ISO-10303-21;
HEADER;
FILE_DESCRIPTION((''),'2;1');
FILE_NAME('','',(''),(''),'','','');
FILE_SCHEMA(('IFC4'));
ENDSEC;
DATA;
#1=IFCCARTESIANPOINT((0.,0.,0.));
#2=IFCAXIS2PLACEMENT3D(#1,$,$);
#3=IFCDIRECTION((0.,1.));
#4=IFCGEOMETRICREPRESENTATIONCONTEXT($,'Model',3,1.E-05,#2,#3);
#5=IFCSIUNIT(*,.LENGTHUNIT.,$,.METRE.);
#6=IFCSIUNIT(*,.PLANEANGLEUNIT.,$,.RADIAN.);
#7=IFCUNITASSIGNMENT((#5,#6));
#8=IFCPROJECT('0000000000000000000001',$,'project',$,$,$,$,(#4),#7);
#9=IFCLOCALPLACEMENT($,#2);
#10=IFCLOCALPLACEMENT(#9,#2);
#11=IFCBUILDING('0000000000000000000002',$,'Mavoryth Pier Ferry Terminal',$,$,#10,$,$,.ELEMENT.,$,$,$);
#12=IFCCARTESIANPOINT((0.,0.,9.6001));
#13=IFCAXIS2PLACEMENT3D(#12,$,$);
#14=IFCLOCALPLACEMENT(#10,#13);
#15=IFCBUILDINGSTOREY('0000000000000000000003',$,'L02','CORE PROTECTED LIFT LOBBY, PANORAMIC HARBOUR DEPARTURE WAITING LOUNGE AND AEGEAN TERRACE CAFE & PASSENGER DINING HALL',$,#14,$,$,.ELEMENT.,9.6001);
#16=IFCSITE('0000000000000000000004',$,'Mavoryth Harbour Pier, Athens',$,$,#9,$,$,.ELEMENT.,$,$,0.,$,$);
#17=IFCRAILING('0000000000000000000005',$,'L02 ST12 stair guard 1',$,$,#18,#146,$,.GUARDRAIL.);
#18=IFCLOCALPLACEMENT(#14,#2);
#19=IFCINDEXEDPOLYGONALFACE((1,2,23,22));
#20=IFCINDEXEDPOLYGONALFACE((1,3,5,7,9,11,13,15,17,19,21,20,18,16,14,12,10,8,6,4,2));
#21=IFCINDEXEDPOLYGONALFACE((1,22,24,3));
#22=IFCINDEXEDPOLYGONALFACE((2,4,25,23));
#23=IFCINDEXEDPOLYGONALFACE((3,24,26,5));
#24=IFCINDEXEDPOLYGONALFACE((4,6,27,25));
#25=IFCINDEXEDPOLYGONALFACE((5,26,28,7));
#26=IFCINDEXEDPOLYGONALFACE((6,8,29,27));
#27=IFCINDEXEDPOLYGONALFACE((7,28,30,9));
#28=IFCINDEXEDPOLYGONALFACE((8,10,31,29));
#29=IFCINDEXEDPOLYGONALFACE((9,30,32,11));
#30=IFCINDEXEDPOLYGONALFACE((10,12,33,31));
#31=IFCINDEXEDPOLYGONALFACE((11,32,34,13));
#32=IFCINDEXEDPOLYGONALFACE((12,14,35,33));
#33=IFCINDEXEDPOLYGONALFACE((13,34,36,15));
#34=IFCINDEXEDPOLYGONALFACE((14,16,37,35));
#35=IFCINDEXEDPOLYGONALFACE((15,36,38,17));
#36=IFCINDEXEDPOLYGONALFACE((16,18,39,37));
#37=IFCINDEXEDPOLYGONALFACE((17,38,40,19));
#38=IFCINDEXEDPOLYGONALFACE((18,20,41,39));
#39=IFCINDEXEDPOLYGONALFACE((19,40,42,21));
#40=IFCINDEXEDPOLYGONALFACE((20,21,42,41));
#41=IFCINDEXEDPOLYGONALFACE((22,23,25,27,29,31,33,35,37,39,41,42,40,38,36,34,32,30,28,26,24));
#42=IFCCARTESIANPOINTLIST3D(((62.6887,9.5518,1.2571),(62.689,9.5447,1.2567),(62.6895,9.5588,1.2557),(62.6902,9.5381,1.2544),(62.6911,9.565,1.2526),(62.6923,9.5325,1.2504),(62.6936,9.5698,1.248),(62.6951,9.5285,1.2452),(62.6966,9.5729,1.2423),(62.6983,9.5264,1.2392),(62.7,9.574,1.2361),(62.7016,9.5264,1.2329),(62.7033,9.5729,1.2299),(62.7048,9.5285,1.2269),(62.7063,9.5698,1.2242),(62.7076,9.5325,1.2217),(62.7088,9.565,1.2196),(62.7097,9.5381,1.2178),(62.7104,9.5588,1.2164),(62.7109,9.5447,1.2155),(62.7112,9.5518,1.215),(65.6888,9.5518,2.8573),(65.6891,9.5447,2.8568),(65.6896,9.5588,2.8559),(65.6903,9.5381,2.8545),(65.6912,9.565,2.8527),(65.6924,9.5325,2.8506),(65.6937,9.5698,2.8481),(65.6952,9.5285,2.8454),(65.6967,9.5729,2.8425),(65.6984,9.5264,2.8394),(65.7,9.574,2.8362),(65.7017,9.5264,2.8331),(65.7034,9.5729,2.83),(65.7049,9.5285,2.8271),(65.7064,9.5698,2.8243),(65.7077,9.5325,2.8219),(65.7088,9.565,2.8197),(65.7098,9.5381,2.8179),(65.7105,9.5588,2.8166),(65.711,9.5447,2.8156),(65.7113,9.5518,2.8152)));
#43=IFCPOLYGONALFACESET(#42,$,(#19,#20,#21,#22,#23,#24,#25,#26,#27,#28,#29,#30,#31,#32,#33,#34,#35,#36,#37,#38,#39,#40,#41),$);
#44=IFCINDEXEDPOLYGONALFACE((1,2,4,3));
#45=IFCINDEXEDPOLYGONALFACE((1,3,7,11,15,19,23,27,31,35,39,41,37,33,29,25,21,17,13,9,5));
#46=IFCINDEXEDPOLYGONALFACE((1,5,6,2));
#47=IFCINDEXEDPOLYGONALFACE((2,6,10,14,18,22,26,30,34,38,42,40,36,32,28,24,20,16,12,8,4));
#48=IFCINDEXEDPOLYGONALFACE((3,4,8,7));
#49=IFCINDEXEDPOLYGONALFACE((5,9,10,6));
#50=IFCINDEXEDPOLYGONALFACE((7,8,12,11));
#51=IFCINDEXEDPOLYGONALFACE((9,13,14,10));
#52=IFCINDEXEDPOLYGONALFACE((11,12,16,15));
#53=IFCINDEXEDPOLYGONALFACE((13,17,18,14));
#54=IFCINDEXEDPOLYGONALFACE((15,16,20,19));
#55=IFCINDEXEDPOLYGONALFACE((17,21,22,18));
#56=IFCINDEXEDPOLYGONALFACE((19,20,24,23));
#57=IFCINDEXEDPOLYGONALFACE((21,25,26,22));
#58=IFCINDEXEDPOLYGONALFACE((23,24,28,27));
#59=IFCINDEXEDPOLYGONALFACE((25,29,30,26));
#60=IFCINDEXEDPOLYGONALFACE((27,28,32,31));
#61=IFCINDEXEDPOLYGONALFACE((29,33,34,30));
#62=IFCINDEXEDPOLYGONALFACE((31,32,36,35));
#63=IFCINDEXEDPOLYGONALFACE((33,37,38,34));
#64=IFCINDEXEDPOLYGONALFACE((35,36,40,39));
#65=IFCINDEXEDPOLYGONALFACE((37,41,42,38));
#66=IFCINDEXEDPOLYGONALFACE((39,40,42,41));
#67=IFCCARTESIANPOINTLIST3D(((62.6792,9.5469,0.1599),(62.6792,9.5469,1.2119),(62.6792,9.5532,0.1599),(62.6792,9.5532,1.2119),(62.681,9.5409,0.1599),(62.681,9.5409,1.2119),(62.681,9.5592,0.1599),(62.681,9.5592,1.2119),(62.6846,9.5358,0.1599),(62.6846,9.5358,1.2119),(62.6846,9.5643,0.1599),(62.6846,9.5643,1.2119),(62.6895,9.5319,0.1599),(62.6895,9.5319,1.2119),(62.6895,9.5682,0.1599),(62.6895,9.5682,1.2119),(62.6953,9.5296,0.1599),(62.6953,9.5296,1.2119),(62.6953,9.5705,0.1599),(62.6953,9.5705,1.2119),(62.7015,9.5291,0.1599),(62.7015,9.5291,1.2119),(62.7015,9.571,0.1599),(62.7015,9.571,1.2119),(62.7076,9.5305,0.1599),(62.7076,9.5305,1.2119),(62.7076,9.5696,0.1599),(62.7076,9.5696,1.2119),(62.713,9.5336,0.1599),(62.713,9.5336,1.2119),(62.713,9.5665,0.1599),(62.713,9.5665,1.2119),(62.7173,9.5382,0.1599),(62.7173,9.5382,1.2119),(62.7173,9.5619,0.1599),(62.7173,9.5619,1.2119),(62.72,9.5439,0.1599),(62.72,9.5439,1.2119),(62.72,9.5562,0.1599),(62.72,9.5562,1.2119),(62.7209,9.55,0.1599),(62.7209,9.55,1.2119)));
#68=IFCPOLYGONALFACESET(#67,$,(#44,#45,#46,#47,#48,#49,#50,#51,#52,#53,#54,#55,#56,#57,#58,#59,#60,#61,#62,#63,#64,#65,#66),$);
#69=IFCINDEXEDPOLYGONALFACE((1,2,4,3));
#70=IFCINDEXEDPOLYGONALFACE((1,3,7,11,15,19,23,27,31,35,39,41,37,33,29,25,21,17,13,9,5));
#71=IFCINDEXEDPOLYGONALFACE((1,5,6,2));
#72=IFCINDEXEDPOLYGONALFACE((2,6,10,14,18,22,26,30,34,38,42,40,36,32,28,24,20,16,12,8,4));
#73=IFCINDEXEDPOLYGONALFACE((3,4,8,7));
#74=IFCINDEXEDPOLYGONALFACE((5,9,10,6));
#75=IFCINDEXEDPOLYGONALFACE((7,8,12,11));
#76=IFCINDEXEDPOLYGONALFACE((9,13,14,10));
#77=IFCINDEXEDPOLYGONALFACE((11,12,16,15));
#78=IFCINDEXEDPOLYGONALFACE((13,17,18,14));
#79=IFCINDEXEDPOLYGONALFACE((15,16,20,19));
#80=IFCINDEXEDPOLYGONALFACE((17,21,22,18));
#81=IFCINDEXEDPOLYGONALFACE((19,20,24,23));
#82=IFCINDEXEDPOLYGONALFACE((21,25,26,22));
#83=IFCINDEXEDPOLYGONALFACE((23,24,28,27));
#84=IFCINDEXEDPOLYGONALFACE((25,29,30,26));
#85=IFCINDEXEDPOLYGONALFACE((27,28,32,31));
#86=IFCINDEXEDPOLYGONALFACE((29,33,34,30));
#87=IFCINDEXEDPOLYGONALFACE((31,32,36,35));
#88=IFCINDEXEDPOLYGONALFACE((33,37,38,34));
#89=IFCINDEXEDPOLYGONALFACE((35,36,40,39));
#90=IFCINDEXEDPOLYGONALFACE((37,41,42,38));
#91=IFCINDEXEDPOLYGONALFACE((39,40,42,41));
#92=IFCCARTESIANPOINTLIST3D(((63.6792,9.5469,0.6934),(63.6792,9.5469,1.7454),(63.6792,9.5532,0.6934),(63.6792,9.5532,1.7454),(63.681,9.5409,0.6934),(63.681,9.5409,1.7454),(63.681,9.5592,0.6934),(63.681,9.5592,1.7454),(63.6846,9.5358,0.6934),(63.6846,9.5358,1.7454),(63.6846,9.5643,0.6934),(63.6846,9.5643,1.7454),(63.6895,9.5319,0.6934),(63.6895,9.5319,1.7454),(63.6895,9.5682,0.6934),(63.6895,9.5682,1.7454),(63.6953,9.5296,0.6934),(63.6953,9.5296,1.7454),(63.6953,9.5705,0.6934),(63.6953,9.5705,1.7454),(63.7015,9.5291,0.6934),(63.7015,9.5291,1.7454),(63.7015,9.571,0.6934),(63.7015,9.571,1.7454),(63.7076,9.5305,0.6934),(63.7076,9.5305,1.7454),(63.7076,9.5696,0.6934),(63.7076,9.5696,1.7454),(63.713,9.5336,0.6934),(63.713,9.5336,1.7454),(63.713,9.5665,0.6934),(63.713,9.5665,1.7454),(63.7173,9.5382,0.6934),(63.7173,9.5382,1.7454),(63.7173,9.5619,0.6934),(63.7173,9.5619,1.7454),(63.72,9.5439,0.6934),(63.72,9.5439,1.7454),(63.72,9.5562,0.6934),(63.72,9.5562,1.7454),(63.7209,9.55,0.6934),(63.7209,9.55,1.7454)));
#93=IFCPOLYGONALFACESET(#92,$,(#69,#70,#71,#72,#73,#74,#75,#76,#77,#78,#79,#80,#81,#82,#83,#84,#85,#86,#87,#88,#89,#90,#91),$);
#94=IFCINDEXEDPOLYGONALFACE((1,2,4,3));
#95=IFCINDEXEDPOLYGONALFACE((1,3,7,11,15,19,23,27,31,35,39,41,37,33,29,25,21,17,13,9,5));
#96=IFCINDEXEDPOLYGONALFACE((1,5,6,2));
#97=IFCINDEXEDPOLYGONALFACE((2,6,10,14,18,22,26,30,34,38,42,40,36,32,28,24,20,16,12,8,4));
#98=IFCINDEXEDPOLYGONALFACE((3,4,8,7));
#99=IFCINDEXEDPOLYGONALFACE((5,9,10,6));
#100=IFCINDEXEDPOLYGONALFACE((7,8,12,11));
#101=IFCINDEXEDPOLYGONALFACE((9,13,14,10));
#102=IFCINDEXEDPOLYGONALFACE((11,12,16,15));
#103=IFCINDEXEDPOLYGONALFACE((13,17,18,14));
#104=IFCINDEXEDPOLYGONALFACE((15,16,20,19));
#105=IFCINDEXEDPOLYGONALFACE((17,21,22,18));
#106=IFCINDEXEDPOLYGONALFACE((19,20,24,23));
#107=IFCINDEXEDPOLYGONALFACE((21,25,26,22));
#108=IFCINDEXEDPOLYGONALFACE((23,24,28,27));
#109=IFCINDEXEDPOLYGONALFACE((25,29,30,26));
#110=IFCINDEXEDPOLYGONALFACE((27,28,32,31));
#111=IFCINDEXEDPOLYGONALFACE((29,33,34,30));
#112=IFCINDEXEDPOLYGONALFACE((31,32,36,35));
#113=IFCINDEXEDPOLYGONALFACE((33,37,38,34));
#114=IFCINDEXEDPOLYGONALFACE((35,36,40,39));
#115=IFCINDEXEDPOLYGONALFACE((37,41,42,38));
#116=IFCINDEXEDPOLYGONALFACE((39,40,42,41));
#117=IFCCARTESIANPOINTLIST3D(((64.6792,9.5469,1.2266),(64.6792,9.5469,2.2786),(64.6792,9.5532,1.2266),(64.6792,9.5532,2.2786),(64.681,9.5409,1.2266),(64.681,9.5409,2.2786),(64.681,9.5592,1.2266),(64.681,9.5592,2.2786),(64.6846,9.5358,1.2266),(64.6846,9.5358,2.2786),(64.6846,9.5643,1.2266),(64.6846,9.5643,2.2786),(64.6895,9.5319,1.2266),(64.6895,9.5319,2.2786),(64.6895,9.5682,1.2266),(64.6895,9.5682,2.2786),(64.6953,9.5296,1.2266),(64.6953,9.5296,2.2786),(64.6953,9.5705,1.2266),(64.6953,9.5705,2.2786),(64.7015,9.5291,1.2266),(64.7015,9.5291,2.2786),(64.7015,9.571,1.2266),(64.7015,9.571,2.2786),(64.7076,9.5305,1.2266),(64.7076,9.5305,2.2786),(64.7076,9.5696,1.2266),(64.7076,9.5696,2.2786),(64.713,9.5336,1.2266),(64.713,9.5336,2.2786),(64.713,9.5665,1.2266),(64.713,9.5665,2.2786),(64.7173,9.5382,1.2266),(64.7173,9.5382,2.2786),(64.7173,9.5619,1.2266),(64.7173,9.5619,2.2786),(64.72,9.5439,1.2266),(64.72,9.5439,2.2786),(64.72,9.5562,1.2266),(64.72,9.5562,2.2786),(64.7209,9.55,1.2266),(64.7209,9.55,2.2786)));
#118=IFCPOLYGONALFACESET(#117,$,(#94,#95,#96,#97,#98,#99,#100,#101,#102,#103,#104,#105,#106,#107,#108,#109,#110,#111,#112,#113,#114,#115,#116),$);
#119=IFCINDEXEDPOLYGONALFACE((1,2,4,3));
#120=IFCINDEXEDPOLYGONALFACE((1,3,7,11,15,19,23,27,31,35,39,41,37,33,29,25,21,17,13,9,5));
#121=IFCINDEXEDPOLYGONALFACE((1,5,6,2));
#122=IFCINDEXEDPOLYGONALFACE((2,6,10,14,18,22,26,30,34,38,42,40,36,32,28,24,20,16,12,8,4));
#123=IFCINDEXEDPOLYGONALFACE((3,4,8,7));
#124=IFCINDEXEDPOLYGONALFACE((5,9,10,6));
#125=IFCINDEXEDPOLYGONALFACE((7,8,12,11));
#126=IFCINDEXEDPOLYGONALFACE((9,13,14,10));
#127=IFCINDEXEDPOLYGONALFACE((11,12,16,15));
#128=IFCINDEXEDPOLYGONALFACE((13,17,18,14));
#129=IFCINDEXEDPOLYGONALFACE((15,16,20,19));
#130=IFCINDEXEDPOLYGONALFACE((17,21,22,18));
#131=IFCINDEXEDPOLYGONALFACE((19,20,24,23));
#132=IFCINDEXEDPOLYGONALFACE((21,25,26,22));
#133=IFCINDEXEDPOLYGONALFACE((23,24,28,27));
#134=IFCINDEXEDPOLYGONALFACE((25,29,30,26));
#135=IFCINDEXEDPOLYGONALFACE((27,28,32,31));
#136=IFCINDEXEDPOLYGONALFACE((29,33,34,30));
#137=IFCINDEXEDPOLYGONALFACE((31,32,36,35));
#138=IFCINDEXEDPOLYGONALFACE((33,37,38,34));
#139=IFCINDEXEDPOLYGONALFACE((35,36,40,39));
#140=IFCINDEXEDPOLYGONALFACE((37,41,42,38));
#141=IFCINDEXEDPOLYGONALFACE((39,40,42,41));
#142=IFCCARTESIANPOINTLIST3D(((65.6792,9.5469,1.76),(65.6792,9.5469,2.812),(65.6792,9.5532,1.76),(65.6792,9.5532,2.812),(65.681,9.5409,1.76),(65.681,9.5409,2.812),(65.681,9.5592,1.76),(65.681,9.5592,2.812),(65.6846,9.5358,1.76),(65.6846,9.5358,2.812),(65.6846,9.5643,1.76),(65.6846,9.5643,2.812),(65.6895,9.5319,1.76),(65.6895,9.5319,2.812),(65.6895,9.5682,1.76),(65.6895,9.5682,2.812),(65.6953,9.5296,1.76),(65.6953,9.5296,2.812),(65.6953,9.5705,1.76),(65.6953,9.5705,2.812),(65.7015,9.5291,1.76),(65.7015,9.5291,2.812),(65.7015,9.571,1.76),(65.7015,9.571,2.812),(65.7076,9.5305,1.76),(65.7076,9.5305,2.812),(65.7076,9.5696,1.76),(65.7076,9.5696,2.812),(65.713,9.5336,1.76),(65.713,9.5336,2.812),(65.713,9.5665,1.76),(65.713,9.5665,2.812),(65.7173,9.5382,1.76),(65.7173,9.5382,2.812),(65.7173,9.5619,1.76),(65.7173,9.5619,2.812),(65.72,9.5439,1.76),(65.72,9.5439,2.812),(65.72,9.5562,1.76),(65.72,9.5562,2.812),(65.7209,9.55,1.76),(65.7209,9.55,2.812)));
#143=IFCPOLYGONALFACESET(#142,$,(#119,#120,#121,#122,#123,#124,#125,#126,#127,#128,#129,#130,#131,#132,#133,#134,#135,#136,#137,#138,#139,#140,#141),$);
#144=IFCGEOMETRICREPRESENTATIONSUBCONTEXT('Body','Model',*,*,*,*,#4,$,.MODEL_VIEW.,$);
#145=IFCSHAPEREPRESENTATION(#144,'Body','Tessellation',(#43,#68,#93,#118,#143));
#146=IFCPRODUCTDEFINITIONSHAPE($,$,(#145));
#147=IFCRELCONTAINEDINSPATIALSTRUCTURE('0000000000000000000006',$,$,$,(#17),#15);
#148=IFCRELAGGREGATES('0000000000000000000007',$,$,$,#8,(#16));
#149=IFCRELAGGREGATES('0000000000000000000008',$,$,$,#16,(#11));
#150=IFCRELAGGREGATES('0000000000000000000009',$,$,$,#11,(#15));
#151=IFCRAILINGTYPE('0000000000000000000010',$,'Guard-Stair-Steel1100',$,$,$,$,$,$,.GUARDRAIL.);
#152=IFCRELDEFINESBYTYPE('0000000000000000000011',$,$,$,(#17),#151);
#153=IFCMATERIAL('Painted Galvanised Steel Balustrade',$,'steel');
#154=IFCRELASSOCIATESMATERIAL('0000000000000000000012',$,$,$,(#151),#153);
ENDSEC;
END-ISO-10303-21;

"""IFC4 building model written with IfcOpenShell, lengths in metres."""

from ifc_helpers import new_model, si_unit, direction, frame, origin, origin_2d, place, context, subcontext, project, spatial, circle, extrude, material, type_object, element, save


model = new_model("IFC4")

# Units and contexts
model_context = context("Model", 3, precision=1e-05, world=origin(), true_north=direction((0.0, 1.0)))
body_context = subcontext(model_context, "Body", "Model", "MODEL_VIEW")
ifc_project = project(units=[si_unit("LENGTHUNIT", "METRE"), si_unit("PLANEANGLEUNIT", "RADIAN")], contexts=[model_context])

# Site, building, storey
site_placement = place(None, origin())
site = spatial("IfcSite", under=ifc_project, at=site_placement, Name="Mavoryth Harbour Pier, Athens", CompositionType="ELEMENT", RefElevation=0.0)
building_placement = place(site_placement, origin())
building = spatial("IfcBuilding", under=site, at=building_placement, Name="Mavoryth Pier Ferry Terminal", CompositionType="ELEMENT")
storey_placement = place(building_placement, frame((0.0, 0.0, 9.6001)))
storey = spatial("IfcBuildingStorey", under=building, at=storey_placement, Name="L02", Description="CORE PROTECTED LIFT LOBBY, PANORAMIC HARBOUR DEPARTURE WAITING LOUNGE AND AEGEAN TERRACE CAFE & PASSENGER DINING HALL", CompositionType="ELEMENT", Elevation=9.6001)

# Railing
ifc_material_1 = material(Name="Painted Galvanised Steel Balustrade", Category="steel")
railing_type_1 = type_object("IfcRailingType", Name="Guard-Stair-Steel1100", PredefinedType="GUARDRAIL", material=ifc_material_1)
railing_1_placement = place(storey_placement, frame((62.7, 9.55, 0.1599)))
element("IfcRailing", 1, at=railing_1_placement, inside=storey, type_object=railing_type_1, Name="L02 ST12 stair guard 1", PredefinedType="GUARDRAIL", context=body_context, shape_type="SweptSolid", body=[
    extrude(circle(Radius=0.0239, at=origin_2d()), frame((0.0, 0.0, 1.0762), z_axis=(0.882341, 0.0, 0.470611), x_axis=(0.0, 1.0, 0.0)), (0.0, 0.0, 1.0), 3.4001),
    extrude(circle(Radius=0.021, at=origin_2d()), origin(), (0.0, 0.0, 1.0), 1.052),
    extrude(circle(Radius=0.021, at=origin_2d()), frame((1.0, 0.0, 0.5334)), (0.0, 0.0, 1.0), 1.052),
    extrude(circle(Radius=0.021, at=origin_2d()), frame((2.0, 0.0, 1.0667)), (0.0, 0.0, 1.0), 1.052),
    extrude(circle(Radius=0.021, at=origin_2d()), frame((3.0, 0.0, 1.6001)), (0.0, 0.0, 1.0), 1.052),
])

save(model, "model.ifc")
